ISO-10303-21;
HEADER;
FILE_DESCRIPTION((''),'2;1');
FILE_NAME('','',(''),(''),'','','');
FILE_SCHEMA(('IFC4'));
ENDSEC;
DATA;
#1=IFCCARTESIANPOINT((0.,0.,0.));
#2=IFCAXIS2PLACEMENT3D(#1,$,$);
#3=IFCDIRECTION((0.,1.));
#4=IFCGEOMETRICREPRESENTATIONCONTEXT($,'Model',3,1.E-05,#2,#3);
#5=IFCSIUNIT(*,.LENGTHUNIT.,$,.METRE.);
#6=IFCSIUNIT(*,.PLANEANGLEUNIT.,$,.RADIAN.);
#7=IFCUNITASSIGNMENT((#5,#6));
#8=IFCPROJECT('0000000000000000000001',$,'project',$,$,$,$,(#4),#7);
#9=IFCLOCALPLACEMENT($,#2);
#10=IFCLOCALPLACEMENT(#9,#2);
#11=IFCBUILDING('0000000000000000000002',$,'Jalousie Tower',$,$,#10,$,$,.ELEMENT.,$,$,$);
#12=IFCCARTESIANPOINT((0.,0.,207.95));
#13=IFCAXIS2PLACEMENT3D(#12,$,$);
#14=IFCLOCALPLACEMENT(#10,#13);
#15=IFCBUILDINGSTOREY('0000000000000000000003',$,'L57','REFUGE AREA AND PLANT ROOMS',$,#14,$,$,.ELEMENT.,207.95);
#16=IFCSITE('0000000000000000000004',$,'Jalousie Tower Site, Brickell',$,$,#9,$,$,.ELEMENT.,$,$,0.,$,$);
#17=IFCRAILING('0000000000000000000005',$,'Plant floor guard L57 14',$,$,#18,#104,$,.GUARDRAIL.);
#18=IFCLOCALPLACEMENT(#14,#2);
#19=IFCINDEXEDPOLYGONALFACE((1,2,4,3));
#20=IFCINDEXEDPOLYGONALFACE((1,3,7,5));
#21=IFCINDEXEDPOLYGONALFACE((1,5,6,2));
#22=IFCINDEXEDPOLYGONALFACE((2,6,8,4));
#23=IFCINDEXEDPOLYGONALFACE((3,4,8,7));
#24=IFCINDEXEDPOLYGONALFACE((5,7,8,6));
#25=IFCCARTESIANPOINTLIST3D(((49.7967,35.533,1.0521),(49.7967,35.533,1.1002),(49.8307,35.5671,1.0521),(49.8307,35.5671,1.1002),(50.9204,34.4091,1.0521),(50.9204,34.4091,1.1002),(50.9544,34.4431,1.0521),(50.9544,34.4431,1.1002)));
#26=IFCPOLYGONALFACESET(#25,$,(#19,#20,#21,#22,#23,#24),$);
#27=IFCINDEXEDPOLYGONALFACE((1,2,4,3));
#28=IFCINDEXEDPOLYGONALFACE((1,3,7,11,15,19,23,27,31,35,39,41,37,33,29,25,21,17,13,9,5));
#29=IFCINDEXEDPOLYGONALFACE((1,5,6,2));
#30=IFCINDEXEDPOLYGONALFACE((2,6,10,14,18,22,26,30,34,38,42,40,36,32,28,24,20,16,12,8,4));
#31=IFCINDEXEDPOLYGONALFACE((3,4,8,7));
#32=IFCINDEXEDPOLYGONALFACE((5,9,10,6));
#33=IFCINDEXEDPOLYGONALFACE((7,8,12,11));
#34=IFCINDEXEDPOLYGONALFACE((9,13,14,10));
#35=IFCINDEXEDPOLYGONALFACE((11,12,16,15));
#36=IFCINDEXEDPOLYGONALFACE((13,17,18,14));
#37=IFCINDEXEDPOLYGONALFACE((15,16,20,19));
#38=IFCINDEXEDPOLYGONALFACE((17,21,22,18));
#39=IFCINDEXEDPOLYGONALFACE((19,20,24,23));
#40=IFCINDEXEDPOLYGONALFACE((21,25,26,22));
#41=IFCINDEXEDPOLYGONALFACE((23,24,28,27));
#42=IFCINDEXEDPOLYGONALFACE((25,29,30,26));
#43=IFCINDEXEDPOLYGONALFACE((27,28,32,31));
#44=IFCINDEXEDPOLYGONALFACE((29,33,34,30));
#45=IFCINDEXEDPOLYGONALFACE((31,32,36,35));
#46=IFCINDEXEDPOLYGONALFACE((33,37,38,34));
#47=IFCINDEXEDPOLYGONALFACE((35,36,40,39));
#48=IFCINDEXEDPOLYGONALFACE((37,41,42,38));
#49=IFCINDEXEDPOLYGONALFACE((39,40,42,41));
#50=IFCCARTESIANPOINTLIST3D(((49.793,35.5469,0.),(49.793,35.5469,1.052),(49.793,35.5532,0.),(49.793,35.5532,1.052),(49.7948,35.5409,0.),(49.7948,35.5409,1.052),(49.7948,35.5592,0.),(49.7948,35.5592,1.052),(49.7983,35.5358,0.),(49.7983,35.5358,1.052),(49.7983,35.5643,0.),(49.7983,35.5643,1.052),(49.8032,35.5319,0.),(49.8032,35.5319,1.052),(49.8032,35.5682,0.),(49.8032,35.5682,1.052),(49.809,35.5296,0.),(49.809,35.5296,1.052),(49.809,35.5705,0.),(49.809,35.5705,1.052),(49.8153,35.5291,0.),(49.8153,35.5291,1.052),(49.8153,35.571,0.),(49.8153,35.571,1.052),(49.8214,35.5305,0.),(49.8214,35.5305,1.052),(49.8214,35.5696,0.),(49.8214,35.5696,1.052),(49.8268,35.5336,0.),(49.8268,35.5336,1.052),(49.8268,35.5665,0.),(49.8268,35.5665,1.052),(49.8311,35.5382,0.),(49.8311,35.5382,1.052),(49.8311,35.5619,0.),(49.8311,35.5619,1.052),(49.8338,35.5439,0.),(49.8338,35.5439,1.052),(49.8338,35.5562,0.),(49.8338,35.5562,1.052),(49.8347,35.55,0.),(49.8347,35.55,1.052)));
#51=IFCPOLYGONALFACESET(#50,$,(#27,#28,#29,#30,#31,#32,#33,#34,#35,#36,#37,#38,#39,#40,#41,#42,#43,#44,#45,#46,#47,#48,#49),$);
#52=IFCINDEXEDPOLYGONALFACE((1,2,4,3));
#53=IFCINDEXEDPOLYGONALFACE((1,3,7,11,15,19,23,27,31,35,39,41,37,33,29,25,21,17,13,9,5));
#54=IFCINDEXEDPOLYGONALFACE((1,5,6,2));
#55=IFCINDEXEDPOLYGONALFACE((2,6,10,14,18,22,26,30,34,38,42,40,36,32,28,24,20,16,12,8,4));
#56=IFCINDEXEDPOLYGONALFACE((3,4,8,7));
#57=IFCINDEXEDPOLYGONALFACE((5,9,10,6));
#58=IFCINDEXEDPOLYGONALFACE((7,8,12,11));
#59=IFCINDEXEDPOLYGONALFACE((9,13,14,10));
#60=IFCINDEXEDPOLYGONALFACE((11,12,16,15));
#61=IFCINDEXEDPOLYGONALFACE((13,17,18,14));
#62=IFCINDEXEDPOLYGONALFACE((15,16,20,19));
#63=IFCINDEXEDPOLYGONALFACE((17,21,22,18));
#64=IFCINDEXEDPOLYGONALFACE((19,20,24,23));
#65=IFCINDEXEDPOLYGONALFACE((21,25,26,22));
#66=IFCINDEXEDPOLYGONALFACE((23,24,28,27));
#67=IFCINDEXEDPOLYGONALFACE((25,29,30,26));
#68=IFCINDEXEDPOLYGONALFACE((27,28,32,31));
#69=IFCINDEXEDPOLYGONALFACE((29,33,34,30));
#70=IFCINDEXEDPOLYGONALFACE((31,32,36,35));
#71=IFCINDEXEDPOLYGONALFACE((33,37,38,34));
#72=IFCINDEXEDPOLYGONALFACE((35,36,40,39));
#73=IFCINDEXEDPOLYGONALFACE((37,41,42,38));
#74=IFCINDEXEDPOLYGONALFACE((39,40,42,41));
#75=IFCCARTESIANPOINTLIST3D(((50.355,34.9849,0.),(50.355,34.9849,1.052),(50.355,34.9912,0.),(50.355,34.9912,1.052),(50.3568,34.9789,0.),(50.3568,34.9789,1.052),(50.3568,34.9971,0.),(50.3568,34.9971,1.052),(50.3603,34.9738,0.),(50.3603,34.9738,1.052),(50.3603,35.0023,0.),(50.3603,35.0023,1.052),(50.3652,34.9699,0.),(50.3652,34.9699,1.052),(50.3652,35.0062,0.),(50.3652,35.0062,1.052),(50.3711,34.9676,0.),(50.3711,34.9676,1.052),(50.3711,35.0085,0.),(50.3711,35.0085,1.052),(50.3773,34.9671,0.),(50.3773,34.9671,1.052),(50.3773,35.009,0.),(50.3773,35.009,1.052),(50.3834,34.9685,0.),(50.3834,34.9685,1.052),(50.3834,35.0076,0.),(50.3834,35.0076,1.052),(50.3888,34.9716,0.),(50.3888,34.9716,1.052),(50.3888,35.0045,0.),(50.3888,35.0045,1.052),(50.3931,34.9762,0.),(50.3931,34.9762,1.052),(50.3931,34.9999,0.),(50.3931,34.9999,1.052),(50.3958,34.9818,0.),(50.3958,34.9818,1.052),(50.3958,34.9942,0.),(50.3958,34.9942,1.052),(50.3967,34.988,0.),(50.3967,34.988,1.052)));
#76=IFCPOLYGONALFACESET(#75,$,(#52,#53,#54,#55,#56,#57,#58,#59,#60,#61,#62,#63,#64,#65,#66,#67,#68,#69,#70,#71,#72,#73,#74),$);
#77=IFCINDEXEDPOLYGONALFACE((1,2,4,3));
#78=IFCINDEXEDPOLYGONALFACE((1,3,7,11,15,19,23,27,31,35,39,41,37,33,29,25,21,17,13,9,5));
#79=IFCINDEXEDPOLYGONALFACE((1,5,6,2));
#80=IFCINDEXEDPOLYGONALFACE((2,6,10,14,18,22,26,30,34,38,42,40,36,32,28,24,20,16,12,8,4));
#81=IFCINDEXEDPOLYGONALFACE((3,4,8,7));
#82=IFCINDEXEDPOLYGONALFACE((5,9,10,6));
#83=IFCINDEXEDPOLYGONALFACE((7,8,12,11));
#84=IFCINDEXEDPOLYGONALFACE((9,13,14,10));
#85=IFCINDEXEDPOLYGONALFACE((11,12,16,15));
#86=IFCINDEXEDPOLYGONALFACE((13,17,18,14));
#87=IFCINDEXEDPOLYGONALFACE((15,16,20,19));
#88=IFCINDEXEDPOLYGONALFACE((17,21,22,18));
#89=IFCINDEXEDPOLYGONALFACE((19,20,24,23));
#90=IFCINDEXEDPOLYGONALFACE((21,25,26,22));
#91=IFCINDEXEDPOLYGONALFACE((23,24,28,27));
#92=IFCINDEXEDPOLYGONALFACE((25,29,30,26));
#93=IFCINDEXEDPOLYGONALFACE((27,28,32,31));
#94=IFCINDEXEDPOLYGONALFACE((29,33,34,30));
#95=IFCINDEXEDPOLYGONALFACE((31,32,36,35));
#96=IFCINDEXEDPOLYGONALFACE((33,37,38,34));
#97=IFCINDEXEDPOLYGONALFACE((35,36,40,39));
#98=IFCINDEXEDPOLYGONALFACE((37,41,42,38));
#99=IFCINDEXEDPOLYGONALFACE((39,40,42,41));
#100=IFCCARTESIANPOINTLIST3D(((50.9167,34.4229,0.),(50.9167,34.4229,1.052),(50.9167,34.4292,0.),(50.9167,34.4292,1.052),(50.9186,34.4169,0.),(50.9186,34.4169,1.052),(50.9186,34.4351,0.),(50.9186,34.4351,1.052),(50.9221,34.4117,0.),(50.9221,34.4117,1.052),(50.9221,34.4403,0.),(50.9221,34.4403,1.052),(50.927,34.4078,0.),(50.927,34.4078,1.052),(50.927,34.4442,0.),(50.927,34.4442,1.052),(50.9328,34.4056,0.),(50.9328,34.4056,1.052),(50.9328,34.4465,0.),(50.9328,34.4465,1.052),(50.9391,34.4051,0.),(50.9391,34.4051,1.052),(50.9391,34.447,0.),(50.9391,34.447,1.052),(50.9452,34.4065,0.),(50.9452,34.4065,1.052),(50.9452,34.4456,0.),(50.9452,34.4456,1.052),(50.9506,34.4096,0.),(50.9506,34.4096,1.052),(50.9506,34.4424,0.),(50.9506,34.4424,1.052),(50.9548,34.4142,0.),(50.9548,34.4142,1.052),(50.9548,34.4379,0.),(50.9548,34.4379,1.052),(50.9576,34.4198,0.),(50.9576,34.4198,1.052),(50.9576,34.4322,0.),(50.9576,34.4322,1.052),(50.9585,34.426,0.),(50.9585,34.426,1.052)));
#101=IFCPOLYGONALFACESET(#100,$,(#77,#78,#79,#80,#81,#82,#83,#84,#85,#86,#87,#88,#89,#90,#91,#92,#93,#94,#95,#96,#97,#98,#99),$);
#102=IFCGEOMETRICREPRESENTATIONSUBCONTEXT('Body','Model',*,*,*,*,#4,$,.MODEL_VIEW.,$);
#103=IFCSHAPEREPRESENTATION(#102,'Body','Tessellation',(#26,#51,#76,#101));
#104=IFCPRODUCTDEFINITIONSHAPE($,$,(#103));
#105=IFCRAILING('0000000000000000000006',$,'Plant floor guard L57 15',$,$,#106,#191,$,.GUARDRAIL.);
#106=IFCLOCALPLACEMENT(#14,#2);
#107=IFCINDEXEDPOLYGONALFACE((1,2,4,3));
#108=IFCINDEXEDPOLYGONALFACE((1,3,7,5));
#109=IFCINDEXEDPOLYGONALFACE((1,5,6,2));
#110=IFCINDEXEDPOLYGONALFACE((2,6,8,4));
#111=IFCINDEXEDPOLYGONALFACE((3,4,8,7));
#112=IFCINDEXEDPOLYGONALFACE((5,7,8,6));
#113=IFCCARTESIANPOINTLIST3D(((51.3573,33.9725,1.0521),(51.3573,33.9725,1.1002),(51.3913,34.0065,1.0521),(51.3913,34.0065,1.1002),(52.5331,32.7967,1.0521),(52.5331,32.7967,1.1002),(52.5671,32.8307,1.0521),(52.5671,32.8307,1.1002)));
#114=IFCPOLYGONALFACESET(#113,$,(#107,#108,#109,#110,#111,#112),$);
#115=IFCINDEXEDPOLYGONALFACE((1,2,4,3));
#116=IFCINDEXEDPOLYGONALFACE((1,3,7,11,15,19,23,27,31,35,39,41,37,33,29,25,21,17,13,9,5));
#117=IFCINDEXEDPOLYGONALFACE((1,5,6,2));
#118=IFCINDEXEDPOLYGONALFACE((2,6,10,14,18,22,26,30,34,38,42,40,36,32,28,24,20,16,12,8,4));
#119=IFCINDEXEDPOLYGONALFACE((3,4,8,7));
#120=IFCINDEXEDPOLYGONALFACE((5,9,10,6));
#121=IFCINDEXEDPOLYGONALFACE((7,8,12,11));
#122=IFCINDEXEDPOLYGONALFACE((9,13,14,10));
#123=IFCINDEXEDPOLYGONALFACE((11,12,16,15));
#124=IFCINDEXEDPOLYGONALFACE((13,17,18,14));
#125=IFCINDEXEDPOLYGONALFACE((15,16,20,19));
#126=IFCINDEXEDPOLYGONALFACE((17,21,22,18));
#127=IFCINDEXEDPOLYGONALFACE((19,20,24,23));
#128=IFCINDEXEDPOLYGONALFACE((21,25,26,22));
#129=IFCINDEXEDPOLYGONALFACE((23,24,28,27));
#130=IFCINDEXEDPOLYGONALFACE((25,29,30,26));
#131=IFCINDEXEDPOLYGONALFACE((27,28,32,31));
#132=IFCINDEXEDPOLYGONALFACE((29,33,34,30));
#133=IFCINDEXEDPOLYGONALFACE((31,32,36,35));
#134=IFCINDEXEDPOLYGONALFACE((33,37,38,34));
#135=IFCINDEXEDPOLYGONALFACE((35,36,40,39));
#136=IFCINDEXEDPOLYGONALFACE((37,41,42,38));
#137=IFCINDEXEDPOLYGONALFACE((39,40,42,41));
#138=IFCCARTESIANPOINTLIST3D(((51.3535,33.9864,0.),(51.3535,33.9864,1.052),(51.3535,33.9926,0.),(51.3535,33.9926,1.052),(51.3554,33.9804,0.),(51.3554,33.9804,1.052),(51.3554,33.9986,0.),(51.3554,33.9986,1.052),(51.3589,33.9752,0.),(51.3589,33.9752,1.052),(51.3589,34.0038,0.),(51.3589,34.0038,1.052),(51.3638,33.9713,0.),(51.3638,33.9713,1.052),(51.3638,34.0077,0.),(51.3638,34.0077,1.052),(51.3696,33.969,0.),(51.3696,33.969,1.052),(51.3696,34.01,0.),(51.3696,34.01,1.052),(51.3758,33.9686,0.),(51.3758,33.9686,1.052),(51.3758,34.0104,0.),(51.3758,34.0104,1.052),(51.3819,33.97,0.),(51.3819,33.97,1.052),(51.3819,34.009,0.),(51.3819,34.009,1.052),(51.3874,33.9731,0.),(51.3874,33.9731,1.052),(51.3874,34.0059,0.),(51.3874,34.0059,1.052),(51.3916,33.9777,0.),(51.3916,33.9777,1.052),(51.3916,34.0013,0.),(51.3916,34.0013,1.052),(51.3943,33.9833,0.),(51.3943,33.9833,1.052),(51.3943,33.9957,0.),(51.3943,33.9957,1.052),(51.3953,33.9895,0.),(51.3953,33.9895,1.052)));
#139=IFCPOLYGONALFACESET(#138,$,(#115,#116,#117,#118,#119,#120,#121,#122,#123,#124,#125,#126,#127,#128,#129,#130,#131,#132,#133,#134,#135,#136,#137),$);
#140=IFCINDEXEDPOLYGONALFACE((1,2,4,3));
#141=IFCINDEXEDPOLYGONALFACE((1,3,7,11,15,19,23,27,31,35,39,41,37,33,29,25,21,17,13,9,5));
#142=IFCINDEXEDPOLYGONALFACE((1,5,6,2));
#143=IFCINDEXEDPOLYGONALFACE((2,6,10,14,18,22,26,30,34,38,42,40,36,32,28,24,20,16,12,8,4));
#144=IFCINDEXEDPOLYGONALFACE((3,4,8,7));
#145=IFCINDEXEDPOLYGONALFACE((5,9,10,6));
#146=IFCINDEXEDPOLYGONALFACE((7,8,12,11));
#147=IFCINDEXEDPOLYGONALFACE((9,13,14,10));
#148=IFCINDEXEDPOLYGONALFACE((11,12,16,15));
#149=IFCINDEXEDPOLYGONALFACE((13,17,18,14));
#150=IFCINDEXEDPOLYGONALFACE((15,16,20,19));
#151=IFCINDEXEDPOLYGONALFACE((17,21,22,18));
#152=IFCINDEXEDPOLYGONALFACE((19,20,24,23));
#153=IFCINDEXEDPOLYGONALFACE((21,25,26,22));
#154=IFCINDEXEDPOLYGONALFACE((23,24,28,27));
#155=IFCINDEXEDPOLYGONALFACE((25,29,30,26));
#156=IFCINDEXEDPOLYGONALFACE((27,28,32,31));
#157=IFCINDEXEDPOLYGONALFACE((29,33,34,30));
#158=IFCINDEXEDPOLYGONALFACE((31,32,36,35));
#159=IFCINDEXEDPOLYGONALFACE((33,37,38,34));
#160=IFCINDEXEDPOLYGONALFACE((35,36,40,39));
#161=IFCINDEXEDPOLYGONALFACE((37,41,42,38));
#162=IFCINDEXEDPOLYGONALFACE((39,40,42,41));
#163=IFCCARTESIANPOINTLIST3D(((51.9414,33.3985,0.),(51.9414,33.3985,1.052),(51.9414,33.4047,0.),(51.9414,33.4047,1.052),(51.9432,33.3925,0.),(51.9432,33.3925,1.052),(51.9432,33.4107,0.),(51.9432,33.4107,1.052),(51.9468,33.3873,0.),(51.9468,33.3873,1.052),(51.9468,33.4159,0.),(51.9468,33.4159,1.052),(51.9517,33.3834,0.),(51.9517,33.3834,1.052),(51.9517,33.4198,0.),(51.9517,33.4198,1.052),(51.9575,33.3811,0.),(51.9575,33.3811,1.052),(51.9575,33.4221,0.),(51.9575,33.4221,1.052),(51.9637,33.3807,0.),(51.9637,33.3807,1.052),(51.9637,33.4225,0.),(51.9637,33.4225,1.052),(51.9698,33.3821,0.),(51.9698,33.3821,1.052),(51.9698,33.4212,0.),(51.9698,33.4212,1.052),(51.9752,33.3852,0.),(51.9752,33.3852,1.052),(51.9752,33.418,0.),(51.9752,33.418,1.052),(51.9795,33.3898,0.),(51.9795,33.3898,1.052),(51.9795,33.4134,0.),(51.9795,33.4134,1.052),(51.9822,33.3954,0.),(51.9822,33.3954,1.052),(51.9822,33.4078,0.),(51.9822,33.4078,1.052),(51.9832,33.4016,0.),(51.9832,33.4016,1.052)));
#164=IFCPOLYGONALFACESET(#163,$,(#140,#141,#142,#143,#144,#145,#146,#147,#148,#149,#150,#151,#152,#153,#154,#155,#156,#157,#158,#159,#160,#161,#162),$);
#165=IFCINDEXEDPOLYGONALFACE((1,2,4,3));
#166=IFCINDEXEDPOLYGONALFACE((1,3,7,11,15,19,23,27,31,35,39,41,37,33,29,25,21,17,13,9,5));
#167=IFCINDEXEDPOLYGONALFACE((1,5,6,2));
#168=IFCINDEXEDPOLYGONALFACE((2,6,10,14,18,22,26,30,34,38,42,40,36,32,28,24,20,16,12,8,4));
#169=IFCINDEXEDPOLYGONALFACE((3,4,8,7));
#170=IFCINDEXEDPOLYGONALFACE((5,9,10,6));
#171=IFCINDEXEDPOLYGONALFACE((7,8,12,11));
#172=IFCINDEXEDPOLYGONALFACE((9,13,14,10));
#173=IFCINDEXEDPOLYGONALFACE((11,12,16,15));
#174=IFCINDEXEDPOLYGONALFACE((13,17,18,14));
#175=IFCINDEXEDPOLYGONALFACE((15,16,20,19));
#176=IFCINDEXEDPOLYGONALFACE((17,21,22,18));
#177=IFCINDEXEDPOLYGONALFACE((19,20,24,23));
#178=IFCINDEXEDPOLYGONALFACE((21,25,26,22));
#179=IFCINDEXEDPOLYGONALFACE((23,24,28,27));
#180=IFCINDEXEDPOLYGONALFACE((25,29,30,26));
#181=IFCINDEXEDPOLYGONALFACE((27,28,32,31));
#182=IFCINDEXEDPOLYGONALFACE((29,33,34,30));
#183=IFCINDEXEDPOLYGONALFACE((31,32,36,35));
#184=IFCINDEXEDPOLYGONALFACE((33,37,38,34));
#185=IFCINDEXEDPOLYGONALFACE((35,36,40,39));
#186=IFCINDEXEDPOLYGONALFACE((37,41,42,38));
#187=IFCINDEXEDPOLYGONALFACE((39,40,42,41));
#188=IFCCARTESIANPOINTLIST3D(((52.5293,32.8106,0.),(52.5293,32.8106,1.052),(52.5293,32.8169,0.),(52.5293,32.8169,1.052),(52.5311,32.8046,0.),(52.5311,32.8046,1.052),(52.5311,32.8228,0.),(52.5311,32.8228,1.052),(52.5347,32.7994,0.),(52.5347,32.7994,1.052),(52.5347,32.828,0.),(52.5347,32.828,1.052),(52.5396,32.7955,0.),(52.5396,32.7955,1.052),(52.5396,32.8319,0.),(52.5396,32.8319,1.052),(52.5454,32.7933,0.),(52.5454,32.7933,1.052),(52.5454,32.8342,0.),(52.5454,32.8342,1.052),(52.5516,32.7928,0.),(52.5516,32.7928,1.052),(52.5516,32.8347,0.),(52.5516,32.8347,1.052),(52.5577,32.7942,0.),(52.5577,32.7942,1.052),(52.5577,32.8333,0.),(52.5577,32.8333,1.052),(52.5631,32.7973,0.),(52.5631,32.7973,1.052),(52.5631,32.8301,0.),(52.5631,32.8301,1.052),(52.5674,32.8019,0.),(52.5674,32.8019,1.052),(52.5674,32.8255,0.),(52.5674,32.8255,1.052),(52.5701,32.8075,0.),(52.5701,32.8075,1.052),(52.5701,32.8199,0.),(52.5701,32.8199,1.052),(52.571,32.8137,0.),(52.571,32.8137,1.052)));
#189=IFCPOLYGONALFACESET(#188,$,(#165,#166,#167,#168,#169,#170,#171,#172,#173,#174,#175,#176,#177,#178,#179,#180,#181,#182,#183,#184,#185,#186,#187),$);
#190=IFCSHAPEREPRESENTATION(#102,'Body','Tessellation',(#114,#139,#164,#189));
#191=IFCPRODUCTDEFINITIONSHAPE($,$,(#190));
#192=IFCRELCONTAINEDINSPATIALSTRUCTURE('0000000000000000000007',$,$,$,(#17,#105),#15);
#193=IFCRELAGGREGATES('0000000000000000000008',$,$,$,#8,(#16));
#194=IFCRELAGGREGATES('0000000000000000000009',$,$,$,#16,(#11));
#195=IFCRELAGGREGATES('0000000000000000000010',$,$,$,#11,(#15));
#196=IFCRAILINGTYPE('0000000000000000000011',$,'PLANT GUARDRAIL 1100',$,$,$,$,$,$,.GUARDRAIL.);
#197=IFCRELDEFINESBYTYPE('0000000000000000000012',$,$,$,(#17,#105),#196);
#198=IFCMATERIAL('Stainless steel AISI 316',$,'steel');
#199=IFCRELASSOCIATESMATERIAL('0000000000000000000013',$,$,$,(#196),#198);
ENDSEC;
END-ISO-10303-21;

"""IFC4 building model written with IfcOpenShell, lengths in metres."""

from ifc_helpers import new_model, si_unit, direction, frame, origin, origin_2d, place, context, subcontext, project, spatial, rectangle, circle, extrude, material, type_object, element, save


model = new_model("IFC4")

# Units and contexts
model_context = context("Model", 3, precision=1e-05, world=origin(), true_north=direction((0.0, 1.0)))
body_context = subcontext(model_context, "Body", "Model", "MODEL_VIEW")
ifc_project = project(units=[si_unit("LENGTHUNIT", "METRE"), si_unit("PLANEANGLEUNIT", "RADIAN")], contexts=[model_context])

# Site, building, storey
site_placement = place(None, origin())
site = spatial("IfcSite", under=ifc_project, at=site_placement, Name="Jalousie Tower Site, Brickell", CompositionType="ELEMENT", RefElevation=0.0)
building_placement = place(site_placement, origin())
building = spatial("IfcBuilding", under=site, at=building_placement, Name="Jalousie Tower", CompositionType="ELEMENT")
storey_placement = place(building_placement, frame((0.0, 0.0, 207.95)))
storey = spatial("IfcBuildingStorey", under=building, at=storey_placement, Name="L57", Description="REFUGE AREA AND PLANT ROOMS", CompositionType="ELEMENT", Elevation=207.95)

# Railings
ifc_material_1 = material(Name="Stainless steel AISI 316", Category="steel")
railing_type_1 = type_object("IfcRailingType", Name="PLANT GUARDRAIL 1100", PredefinedType="GUARDRAIL", material=ifc_material_1)
railing_1_placement = place(storey_placement, frame((49.8137, 35.55, 0.0)))
element("IfcRailing", 1, at=railing_1_placement, inside=storey, type_object=railing_type_1, Name="Plant floor guard L57 14", PredefinedType="GUARDRAIL", context=body_context, shape_type="SweptSolid", body=[
    extrude(rectangle(XDim=0.0481, YDim=0.0481, at=origin_2d()), frame((0.0, 0.0, 1.0762), z_axis=(0.70703, -0.707184, 0.0), x_axis=(0.707184, 0.70703, 0.0)), (0.0, 0.0, 1.0), 1.5894),
    extrude(circle(Radius=0.021, at=origin_2d()), origin(), (0.0, 0.0, 1.0), 1.052),
    extrude(circle(Radius=0.021, at=origin_2d()), frame((0.562, -0.562, 0.0)), (0.0, 0.0, 1.0), 1.052),
    extrude(circle(Radius=0.021, at=origin_2d()), frame((1.1238, -1.124, 0.0)), (0.0, 0.0, 1.0), 1.052),
])
railing_2_placement = place(storey_placement, frame((51.3743, 33.9895, 0.0)))
element("IfcRailing", 2, at=railing_2_placement, inside=storey, type_object=railing_type_1, Name="Plant floor guard L57 15", PredefinedType="GUARDRAIL", context=body_context, shape_type="SweptSolid", body=[
    extrude(rectangle(XDim=0.0481, YDim=0.0481, at=origin_2d()), frame((0.0, 0.0, 1.0762), z_axis=(0.707107, -0.707107, 0.0), x_axis=(0.707107, 0.707107, 0.0)), (0.0, 0.0, 1.0), 1.6628),
    extrude(circle(Radius=0.021, at=origin_2d()), origin(), (0.0, 0.0, 1.0), 1.052),
    extrude(circle(Radius=0.021, at=origin_2d()), frame((0.5879, -0.5879, 0.0)), (0.0, 0.0, 1.0), 1.052),
    extrude(circle(Radius=0.021, at=origin_2d()), frame((1.1758, -1.1758, 0.0)), (0.0, 0.0, 1.0), 1.052),
])

save(model, "model.ifc")
